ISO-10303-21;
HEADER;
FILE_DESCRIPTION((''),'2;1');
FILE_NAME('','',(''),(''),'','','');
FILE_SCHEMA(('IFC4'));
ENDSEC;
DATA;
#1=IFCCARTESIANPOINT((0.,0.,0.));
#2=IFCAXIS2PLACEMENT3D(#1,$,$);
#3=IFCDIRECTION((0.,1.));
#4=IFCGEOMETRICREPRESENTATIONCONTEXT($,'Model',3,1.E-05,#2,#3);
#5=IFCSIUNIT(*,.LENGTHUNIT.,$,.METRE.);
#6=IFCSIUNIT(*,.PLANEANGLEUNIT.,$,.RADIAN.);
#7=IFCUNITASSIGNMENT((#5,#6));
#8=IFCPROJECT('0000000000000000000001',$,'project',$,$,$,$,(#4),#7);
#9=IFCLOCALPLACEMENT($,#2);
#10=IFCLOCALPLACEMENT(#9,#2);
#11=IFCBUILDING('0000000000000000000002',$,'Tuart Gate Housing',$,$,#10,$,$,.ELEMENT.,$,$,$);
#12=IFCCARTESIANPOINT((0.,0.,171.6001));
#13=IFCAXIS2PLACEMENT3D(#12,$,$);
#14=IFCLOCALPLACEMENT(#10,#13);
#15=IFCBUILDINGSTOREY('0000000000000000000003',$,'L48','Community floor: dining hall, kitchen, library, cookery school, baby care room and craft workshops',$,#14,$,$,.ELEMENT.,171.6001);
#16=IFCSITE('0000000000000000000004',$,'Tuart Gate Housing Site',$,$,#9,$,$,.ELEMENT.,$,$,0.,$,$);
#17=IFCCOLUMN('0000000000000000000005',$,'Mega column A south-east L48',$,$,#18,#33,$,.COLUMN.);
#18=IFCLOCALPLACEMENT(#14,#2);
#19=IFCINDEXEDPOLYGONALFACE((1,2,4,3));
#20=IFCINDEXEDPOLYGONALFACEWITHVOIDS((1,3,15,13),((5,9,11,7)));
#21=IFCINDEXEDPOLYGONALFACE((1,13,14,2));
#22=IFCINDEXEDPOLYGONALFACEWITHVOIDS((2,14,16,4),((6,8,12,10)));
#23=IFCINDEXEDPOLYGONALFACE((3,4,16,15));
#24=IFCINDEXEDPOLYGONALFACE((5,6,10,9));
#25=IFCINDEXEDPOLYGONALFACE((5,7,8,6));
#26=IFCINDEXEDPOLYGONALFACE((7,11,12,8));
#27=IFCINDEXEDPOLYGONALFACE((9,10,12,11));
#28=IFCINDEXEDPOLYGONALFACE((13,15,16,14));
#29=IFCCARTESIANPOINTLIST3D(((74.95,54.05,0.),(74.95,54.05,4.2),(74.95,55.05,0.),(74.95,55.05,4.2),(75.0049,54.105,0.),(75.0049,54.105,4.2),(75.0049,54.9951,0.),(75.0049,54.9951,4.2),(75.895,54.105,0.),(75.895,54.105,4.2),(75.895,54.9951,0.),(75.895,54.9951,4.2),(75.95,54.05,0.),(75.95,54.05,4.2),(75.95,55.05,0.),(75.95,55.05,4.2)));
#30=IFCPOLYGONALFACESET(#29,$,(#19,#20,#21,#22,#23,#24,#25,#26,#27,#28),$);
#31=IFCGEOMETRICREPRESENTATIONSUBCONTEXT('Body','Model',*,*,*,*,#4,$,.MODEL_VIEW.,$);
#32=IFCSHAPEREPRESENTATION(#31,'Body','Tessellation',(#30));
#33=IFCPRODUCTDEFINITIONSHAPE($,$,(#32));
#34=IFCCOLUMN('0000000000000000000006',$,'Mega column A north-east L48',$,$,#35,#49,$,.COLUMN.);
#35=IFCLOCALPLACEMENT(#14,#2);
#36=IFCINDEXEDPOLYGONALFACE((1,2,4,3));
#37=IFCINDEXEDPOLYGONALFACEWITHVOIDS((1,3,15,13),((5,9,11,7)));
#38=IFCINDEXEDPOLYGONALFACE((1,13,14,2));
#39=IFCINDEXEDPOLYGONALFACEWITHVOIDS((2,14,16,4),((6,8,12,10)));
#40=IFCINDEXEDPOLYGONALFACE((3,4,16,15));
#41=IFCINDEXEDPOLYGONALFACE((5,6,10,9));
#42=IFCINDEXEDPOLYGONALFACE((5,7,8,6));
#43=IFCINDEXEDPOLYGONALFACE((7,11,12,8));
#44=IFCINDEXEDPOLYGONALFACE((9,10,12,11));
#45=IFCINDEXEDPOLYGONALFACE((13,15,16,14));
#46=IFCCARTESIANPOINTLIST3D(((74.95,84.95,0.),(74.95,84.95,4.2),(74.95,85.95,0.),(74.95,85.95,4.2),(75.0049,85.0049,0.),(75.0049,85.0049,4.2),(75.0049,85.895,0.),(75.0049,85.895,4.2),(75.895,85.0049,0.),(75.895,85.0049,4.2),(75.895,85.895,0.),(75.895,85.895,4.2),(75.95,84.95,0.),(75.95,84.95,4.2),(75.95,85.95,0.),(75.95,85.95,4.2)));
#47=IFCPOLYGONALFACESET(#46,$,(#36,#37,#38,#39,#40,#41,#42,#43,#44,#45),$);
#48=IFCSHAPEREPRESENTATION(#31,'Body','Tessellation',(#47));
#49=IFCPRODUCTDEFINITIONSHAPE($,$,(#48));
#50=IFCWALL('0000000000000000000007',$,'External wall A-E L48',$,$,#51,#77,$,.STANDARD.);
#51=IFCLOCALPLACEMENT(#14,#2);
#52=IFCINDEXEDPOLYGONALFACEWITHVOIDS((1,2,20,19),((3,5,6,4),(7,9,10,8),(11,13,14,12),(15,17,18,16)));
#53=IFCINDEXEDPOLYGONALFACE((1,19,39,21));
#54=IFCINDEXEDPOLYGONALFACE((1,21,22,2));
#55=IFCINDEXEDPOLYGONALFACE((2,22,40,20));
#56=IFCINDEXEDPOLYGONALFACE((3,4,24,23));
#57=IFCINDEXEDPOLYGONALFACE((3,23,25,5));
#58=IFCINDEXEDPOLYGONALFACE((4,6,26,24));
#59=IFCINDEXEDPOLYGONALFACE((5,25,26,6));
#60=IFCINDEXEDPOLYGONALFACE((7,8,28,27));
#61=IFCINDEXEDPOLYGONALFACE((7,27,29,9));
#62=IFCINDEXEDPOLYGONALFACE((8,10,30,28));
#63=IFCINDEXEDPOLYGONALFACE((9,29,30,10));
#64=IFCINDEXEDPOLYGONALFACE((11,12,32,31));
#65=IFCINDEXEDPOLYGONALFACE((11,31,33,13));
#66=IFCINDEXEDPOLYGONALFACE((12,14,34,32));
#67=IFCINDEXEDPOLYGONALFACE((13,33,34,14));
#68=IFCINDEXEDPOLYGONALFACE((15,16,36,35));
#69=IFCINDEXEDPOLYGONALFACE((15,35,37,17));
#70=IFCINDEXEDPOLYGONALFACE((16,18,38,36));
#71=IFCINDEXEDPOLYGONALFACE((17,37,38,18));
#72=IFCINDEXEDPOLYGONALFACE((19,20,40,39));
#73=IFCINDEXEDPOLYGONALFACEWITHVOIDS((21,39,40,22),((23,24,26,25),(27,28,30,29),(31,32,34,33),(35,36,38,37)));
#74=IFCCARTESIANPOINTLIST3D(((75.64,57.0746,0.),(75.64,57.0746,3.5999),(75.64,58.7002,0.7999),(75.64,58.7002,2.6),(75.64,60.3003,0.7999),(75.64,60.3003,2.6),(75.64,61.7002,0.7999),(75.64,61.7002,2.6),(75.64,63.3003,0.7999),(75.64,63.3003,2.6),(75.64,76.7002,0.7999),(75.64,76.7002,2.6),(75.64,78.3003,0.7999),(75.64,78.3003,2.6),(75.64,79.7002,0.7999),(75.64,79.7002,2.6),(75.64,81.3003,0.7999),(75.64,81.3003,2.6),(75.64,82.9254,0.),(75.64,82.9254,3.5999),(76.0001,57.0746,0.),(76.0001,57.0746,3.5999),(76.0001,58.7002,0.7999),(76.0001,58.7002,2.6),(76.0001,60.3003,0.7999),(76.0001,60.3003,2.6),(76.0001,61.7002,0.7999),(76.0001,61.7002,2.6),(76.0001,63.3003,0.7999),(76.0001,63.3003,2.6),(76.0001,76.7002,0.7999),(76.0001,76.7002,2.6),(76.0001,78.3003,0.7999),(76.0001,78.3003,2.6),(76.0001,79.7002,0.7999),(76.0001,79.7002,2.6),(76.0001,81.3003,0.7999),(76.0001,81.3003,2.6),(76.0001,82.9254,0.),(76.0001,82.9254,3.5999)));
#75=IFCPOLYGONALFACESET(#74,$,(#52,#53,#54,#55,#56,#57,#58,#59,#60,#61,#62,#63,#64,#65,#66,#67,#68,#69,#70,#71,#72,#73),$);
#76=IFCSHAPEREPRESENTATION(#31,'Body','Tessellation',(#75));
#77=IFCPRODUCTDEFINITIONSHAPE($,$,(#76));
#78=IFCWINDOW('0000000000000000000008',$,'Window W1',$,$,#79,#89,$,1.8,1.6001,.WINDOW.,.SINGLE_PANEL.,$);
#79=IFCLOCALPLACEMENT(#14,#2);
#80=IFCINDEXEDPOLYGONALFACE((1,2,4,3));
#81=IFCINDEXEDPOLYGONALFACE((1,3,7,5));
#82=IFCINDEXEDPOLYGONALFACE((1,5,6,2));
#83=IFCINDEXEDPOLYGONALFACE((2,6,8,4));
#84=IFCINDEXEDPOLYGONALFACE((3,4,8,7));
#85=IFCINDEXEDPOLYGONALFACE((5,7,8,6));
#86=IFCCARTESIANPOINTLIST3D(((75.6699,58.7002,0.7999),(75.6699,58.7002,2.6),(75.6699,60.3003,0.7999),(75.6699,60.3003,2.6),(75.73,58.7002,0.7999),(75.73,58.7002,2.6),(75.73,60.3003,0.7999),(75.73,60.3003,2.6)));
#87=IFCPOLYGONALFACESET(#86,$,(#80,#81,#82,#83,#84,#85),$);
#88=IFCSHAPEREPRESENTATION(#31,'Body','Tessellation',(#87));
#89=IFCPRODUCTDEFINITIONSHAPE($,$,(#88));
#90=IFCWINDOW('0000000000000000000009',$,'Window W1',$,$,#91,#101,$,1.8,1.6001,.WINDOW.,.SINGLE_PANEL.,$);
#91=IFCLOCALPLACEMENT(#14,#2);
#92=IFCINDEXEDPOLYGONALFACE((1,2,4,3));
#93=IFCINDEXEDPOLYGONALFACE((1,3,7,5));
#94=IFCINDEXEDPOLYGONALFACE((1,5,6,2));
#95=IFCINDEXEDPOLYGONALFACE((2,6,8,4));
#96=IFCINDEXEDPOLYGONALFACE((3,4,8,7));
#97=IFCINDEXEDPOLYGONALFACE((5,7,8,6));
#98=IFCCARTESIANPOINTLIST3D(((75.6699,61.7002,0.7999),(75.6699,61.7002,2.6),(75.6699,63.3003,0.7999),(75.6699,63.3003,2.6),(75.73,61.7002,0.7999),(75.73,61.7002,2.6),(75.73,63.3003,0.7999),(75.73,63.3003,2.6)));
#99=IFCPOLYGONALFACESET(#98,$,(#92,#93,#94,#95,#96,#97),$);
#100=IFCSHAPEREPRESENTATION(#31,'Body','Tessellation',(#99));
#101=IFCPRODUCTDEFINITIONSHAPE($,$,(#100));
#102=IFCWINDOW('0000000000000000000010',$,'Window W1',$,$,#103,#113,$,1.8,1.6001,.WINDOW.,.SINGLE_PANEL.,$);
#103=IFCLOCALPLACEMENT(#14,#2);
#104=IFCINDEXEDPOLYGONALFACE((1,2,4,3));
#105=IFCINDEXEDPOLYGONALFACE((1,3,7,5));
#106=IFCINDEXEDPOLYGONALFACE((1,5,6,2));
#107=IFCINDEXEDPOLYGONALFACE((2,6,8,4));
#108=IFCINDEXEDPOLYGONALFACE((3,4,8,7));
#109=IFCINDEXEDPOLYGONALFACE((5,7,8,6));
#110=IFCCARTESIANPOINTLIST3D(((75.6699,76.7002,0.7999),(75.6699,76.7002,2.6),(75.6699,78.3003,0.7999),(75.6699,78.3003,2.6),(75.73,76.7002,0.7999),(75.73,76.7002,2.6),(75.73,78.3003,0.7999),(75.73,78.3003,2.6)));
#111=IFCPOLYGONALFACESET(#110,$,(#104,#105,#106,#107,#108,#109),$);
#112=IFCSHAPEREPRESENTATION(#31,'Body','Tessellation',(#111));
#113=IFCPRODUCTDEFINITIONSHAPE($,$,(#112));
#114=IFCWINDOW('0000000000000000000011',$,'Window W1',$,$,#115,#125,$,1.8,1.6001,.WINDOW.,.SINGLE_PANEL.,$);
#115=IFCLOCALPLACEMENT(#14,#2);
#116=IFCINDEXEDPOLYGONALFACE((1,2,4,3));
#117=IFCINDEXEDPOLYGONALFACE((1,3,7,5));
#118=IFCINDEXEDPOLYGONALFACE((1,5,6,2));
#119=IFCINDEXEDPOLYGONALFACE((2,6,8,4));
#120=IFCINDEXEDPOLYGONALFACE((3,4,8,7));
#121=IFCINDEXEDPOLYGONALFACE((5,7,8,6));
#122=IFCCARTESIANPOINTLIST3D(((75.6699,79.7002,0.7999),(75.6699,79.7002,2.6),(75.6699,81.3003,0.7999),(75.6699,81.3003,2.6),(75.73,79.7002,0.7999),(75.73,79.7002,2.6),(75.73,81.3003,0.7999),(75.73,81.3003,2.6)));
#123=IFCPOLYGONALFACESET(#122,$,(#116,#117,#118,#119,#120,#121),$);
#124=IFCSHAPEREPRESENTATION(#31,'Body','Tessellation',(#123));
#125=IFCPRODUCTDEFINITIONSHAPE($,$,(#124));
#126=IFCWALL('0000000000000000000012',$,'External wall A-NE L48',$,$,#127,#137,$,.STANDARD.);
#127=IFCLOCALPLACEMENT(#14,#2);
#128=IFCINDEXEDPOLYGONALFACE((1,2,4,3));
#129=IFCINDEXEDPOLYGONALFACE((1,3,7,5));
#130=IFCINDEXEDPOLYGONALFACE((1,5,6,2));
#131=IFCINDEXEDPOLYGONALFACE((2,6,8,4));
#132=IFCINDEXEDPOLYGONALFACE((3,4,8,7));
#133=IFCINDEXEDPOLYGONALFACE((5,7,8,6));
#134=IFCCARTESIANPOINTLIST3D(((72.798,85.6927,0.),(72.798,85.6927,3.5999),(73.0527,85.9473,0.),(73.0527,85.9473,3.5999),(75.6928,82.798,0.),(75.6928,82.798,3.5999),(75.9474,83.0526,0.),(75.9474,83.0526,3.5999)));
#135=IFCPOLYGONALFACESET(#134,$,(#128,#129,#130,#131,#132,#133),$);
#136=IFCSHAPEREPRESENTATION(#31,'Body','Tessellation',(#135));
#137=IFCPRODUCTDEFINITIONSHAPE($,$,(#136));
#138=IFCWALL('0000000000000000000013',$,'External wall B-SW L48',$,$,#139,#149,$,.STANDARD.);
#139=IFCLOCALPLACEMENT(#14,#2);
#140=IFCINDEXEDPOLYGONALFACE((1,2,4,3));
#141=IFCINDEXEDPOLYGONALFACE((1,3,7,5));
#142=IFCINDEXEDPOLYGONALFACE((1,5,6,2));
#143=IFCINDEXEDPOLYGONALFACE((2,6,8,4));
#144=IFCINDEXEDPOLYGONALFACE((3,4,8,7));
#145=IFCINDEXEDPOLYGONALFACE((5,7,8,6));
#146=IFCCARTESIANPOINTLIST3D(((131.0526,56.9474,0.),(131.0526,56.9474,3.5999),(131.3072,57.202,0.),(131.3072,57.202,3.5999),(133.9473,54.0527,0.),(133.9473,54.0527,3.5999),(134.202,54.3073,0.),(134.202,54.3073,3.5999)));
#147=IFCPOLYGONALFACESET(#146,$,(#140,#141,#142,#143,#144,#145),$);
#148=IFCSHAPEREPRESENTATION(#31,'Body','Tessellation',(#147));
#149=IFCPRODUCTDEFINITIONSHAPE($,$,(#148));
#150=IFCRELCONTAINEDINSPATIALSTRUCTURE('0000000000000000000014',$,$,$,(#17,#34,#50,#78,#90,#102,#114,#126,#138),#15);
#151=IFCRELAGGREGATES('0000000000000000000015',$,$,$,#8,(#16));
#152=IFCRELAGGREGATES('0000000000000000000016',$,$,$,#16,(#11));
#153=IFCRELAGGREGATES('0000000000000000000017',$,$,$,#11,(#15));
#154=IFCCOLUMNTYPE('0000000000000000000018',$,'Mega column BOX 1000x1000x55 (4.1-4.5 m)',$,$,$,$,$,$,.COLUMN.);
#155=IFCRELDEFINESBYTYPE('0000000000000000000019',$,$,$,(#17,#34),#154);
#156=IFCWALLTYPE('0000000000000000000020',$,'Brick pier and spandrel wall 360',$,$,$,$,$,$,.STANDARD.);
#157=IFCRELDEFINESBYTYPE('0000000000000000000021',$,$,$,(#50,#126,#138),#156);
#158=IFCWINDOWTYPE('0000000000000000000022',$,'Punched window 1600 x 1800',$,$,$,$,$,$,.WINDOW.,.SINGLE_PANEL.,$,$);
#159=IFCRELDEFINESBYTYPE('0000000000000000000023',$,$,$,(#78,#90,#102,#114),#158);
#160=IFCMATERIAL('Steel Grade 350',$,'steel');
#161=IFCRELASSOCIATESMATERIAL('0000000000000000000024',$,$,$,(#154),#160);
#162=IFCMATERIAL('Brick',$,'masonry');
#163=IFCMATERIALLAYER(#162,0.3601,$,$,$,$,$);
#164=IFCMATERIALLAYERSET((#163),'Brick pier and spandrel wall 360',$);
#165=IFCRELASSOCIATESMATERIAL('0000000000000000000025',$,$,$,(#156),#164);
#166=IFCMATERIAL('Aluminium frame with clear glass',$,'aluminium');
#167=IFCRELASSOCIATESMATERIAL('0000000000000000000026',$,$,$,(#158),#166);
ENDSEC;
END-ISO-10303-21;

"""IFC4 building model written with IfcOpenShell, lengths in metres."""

from ifc_helpers import new_model, si_unit, direction, frame, frame_2d, origin, origin_2d, place, context, subcontext, project, spatial, rectangle, hollow_rectangle, extrude, material, layer, layer_set, material_profile, profile_set, type_object, element, fill, save


model = new_model("IFC4")

# Units and contexts
model_context = context("Model", 3, precision=1e-05, world=origin(), true_north=direction((0.0, 1.0)))
body_context = subcontext(model_context, "Body", "Model", "MODEL_VIEW")
ifc_project = project(units=[si_unit("LENGTHUNIT", "METRE"), si_unit("PLANEANGLEUNIT", "RADIAN")], contexts=[model_context])

# Site, building, storey
site_placement = place(None, origin())
site = spatial("IfcSite", under=ifc_project, at=site_placement, Name="Tuart Gate Housing Site", CompositionType="ELEMENT", RefElevation=0.0)
building_placement = place(site_placement, origin())
building = spatial("IfcBuilding", under=site, at=building_placement, Name="Tuart Gate Housing", CompositionType="ELEMENT")
storey_placement = place(building_placement, frame((0.0, 0.0, 171.6001)))
storey = spatial("IfcBuildingStorey", under=building, at=storey_placement, Name="L48", Description="Community floor: dining hall, kitchen, library, cookery school, baby care room and craft workshops", CompositionType="ELEMENT", Elevation=171.6001)

# Columns
ifc_material_1 = material(Name="Steel Grade 350", Category="steel")
ifc_material_profile = material_profile(ifc_material_1, hollow_rectangle(XDim=1.0, YDim=1.0, WallThickness=0.0549, at=origin_2d()), Name="BOX 1000x1000x55")
ifc_profile_set = profile_set([ifc_material_profile], Name="Steel Grade 350")
column_type = type_object("IfcColumnType", Name="Mega column BOX 1000x1000x55 (4.1-4.5 m)", PredefinedType="COLUMN", material=ifc_profile_set)
for number, where, z_axis, x_axis, name in (
    (1, (75.45, 54.55, 0.0), (0.0, 0.0, 1.0), (1.0, 0.0, 0.0), "Mega column A south-east L48"),
    (2, (75.45, 85.45, 0.0), (0.0, 0.0, 1.0), (1.0, 0.0, 0.0), "Mega column A north-east L48"),
):
    element("IfcColumn", number, at=place(storey_placement, frame(where, z_axis=z_axis, x_axis=x_axis)), inside=storey, type_object=column_type, Name=name, PredefinedType="COLUMN", context=body_context, shape_type="SweptSolid", body=[
        extrude(hollow_rectangle(XDim=1.0, YDim=1.0, WallThickness=0.0549, at=origin_2d()), origin(), (0.0, 0.0, 1.0), 4.2),
    ])

# Wall, openings, windows
ifc_material_2 = material(Name="Brick", Category="masonry")
ifc_layer_1 = layer(ifc_material_2, 0.3601)
ifc_layer_set_1 = layer_set([ifc_layer_1], Name="Brick pier and spandrel wall 360")
wall_type_1 = type_object("IfcWallType", Name="Brick pier and spandrel wall 360", PredefinedType="STANDARD", material=ifc_layer_set_1)
wall_1_placement = place(storey_placement, frame((75.8201, 57.0747, 0.0), z_axis=(0.0, 0.0, 1.0), x_axis=(0.0, 1.0, 0.0)))
wall_1 = element("IfcWall", 3, at=wall_1_placement, inside=storey, type_object=wall_type_1, Name="External wall A-E L48", PredefinedType="STANDARD", context=body_context, shape_type="SweptSolid", body=[
    extrude(rectangle(XDim=25.8508, YDim=0.3601, at=frame_2d((12.9253, 0.0))), origin(), (0.0, 0.0, 1.0), 3.5999),
])
opening_1_placement = place(wall_1_placement, frame((1.6255, 0.0, 0.8)))
opening_1 = element("IfcOpeningElement", 4, at=opening_1_placement, cuts=wall_1, PredefinedType="OPENING", context=body_context, shape_type="SweptSolid", body=[
    extrude(rectangle(XDim=1.6001, YDim=1.8, at=frame_2d((0.8, 0.8999))), frame((0.0, 0.1899, 0.0), z_axis=(0.0, -1.0, 0.0), x_axis=(1.0, 0.0, 0.0)), (0.0, 0.0, 1.0), 0.3801),
])
opening_2_placement = place(wall_1_placement, frame((4.6255, 0.0, 0.8)))
opening_2 = element("IfcOpeningElement", 5, at=opening_2_placement, cuts=wall_1, PredefinedType="OPENING", context=body_context, shape_type="SweptSolid", body=[
    extrude(rectangle(XDim=1.6001, YDim=1.8, at=frame_2d((0.8, 0.8999))), frame((0.0, 0.1899, 0.0), z_axis=(0.0, -1.0, 0.0), x_axis=(1.0, 0.0, 0.0)), (0.0, 0.0, 1.0), 0.3801),
])
opening_3_placement = place(wall_1_placement, frame((19.6255, 0.0, 0.8)))
opening_3 = element("IfcOpeningElement", 6, at=opening_3_placement, cuts=wall_1, PredefinedType="OPENING", context=body_context, shape_type="SweptSolid", body=[
    extrude(rectangle(XDim=1.6001, YDim=1.8, at=frame_2d((0.8, 0.8999))), frame((0.0, 0.1899, 0.0), z_axis=(0.0, -1.0, 0.0), x_axis=(1.0, 0.0, 0.0)), (0.0, 0.0, 1.0), 0.3801),
])
opening_4_placement = place(wall_1_placement, frame((22.6255, 0.0, 0.8)))
opening_4 = element("IfcOpeningElement", 7, at=opening_4_placement, cuts=wall_1, PredefinedType="OPENING", context=body_context, shape_type="SweptSolid", body=[
    extrude(rectangle(XDim=1.6001, YDim=1.8, at=frame_2d((0.8, 0.8999))), frame((0.0, 0.1899, 0.0), z_axis=(0.0, -1.0, 0.0), x_axis=(1.0, 0.0, 0.0)), (0.0, 0.0, 1.0), 0.3801),
])
ifc_material_3 = material(Name="Aluminium frame with clear glass", Category="aluminium")
window_type = type_object("IfcWindowType", Name="Punched window 1600 x 1800", PartitioningType="SINGLE_PANEL", PredefinedType="WINDOW", material=ifc_material_3)
window_1_placement = place(opening_1_placement, origin())
window_1 = element("IfcWindow", 8, at=window_1_placement, inside=storey, type_object=window_type, Name="Window W1", OverallHeight=1.8, OverallWidth=1.6001, PartitioningType="SINGLE_PANEL", PredefinedType="WINDOW", context=body_context, shape_type="SweptSolid", body=[
    extrude(rectangle(XDim=1.6001, YDim=1.8, at=frame_2d((0.8, 0.8999))), frame((0.0, 0.1501, 0.0), z_axis=(0.0, -1.0, 0.0), x_axis=(1.0, 0.0, 0.0)), (0.0, 0.0, 1.0), 0.0601),
])
fill(opening_1, window_1)
window_2_placement = place(opening_2_placement, origin())
window_2 = element("IfcWindow", 9, at=window_2_placement, inside=storey, type_object=window_type, Name="Window W1", OverallHeight=1.8, OverallWidth=1.6001, PartitioningType="SINGLE_PANEL", PredefinedType="WINDOW", context=body_context, shape_type="SweptSolid", body=[
    extrude(rectangle(XDim=1.6001, YDim=1.8, at=frame_2d((0.8, 0.8999))), frame((0.0, 0.1501, 0.0), z_axis=(0.0, -1.0, 0.0), x_axis=(1.0, 0.0, 0.0)), (0.0, 0.0, 1.0), 0.0601),
])
fill(opening_2, window_2)
window_3_placement = place(opening_3_placement, origin())
window_3 = element("IfcWindow", 10, at=window_3_placement, inside=storey, type_object=window_type, Name="Window W1", OverallHeight=1.8, OverallWidth=1.6001, PartitioningType="SINGLE_PANEL", PredefinedType="WINDOW", context=body_context, shape_type="SweptSolid", body=[
    extrude(rectangle(XDim=1.6001, YDim=1.8, at=frame_2d((0.8, 0.8999))), frame((0.0, 0.1501, 0.0), z_axis=(0.0, -1.0, 0.0), x_axis=(1.0, 0.0, 0.0)), (0.0, 0.0, 1.0), 0.0601),
])
fill(opening_3, window_3)
window_4_placement = place(opening_4_placement, origin())
window_4 = element("IfcWindow", 11, at=window_4_placement, inside=storey, type_object=window_type, Name="Window W1", OverallHeight=1.8, OverallWidth=1.6001, PartitioningType="SINGLE_PANEL", PredefinedType="WINDOW", context=body_context, shape_type="SweptSolid", body=[
    extrude(rectangle(XDim=1.6001, YDim=1.8, at=frame_2d((0.8, 0.8999))), frame((0.0, 0.1501, 0.0), z_axis=(0.0, -1.0, 0.0), x_axis=(1.0, 0.0, 0.0)), (0.0, 0.0, 1.0), 0.0601),
])
fill(opening_4, window_4)

# Walls
for number, where, z_axis, x_axis, name in (
    (12, (75.8201, 82.9253, 0.0), (0.0, 0.0, 1.0), (-0.707107, 0.707107, 0.0), "External wall A-NE L48"),
    (13, (131.1799, 57.0747, 0.0), (0.0, 0.0, 1.0), (0.707107, -0.707107, 0.0), "External wall B-SW L48"),
):
    element("IfcWall", number, at=place(storey_placement, frame(where, z_axis=z_axis, x_axis=x_axis)), inside=storey, type_object=wall_type_1, Name=name, PredefinedType="STANDARD", context=body_context, shape_type="SweptSolid", body=[
        extrude(rectangle(XDim=4.0938, YDim=0.3601, at=frame_2d((2.0469, 0.0))), origin(), (0.0, 0.0, 1.0), 3.5999),
    ])

save(model, "model.ifc")
